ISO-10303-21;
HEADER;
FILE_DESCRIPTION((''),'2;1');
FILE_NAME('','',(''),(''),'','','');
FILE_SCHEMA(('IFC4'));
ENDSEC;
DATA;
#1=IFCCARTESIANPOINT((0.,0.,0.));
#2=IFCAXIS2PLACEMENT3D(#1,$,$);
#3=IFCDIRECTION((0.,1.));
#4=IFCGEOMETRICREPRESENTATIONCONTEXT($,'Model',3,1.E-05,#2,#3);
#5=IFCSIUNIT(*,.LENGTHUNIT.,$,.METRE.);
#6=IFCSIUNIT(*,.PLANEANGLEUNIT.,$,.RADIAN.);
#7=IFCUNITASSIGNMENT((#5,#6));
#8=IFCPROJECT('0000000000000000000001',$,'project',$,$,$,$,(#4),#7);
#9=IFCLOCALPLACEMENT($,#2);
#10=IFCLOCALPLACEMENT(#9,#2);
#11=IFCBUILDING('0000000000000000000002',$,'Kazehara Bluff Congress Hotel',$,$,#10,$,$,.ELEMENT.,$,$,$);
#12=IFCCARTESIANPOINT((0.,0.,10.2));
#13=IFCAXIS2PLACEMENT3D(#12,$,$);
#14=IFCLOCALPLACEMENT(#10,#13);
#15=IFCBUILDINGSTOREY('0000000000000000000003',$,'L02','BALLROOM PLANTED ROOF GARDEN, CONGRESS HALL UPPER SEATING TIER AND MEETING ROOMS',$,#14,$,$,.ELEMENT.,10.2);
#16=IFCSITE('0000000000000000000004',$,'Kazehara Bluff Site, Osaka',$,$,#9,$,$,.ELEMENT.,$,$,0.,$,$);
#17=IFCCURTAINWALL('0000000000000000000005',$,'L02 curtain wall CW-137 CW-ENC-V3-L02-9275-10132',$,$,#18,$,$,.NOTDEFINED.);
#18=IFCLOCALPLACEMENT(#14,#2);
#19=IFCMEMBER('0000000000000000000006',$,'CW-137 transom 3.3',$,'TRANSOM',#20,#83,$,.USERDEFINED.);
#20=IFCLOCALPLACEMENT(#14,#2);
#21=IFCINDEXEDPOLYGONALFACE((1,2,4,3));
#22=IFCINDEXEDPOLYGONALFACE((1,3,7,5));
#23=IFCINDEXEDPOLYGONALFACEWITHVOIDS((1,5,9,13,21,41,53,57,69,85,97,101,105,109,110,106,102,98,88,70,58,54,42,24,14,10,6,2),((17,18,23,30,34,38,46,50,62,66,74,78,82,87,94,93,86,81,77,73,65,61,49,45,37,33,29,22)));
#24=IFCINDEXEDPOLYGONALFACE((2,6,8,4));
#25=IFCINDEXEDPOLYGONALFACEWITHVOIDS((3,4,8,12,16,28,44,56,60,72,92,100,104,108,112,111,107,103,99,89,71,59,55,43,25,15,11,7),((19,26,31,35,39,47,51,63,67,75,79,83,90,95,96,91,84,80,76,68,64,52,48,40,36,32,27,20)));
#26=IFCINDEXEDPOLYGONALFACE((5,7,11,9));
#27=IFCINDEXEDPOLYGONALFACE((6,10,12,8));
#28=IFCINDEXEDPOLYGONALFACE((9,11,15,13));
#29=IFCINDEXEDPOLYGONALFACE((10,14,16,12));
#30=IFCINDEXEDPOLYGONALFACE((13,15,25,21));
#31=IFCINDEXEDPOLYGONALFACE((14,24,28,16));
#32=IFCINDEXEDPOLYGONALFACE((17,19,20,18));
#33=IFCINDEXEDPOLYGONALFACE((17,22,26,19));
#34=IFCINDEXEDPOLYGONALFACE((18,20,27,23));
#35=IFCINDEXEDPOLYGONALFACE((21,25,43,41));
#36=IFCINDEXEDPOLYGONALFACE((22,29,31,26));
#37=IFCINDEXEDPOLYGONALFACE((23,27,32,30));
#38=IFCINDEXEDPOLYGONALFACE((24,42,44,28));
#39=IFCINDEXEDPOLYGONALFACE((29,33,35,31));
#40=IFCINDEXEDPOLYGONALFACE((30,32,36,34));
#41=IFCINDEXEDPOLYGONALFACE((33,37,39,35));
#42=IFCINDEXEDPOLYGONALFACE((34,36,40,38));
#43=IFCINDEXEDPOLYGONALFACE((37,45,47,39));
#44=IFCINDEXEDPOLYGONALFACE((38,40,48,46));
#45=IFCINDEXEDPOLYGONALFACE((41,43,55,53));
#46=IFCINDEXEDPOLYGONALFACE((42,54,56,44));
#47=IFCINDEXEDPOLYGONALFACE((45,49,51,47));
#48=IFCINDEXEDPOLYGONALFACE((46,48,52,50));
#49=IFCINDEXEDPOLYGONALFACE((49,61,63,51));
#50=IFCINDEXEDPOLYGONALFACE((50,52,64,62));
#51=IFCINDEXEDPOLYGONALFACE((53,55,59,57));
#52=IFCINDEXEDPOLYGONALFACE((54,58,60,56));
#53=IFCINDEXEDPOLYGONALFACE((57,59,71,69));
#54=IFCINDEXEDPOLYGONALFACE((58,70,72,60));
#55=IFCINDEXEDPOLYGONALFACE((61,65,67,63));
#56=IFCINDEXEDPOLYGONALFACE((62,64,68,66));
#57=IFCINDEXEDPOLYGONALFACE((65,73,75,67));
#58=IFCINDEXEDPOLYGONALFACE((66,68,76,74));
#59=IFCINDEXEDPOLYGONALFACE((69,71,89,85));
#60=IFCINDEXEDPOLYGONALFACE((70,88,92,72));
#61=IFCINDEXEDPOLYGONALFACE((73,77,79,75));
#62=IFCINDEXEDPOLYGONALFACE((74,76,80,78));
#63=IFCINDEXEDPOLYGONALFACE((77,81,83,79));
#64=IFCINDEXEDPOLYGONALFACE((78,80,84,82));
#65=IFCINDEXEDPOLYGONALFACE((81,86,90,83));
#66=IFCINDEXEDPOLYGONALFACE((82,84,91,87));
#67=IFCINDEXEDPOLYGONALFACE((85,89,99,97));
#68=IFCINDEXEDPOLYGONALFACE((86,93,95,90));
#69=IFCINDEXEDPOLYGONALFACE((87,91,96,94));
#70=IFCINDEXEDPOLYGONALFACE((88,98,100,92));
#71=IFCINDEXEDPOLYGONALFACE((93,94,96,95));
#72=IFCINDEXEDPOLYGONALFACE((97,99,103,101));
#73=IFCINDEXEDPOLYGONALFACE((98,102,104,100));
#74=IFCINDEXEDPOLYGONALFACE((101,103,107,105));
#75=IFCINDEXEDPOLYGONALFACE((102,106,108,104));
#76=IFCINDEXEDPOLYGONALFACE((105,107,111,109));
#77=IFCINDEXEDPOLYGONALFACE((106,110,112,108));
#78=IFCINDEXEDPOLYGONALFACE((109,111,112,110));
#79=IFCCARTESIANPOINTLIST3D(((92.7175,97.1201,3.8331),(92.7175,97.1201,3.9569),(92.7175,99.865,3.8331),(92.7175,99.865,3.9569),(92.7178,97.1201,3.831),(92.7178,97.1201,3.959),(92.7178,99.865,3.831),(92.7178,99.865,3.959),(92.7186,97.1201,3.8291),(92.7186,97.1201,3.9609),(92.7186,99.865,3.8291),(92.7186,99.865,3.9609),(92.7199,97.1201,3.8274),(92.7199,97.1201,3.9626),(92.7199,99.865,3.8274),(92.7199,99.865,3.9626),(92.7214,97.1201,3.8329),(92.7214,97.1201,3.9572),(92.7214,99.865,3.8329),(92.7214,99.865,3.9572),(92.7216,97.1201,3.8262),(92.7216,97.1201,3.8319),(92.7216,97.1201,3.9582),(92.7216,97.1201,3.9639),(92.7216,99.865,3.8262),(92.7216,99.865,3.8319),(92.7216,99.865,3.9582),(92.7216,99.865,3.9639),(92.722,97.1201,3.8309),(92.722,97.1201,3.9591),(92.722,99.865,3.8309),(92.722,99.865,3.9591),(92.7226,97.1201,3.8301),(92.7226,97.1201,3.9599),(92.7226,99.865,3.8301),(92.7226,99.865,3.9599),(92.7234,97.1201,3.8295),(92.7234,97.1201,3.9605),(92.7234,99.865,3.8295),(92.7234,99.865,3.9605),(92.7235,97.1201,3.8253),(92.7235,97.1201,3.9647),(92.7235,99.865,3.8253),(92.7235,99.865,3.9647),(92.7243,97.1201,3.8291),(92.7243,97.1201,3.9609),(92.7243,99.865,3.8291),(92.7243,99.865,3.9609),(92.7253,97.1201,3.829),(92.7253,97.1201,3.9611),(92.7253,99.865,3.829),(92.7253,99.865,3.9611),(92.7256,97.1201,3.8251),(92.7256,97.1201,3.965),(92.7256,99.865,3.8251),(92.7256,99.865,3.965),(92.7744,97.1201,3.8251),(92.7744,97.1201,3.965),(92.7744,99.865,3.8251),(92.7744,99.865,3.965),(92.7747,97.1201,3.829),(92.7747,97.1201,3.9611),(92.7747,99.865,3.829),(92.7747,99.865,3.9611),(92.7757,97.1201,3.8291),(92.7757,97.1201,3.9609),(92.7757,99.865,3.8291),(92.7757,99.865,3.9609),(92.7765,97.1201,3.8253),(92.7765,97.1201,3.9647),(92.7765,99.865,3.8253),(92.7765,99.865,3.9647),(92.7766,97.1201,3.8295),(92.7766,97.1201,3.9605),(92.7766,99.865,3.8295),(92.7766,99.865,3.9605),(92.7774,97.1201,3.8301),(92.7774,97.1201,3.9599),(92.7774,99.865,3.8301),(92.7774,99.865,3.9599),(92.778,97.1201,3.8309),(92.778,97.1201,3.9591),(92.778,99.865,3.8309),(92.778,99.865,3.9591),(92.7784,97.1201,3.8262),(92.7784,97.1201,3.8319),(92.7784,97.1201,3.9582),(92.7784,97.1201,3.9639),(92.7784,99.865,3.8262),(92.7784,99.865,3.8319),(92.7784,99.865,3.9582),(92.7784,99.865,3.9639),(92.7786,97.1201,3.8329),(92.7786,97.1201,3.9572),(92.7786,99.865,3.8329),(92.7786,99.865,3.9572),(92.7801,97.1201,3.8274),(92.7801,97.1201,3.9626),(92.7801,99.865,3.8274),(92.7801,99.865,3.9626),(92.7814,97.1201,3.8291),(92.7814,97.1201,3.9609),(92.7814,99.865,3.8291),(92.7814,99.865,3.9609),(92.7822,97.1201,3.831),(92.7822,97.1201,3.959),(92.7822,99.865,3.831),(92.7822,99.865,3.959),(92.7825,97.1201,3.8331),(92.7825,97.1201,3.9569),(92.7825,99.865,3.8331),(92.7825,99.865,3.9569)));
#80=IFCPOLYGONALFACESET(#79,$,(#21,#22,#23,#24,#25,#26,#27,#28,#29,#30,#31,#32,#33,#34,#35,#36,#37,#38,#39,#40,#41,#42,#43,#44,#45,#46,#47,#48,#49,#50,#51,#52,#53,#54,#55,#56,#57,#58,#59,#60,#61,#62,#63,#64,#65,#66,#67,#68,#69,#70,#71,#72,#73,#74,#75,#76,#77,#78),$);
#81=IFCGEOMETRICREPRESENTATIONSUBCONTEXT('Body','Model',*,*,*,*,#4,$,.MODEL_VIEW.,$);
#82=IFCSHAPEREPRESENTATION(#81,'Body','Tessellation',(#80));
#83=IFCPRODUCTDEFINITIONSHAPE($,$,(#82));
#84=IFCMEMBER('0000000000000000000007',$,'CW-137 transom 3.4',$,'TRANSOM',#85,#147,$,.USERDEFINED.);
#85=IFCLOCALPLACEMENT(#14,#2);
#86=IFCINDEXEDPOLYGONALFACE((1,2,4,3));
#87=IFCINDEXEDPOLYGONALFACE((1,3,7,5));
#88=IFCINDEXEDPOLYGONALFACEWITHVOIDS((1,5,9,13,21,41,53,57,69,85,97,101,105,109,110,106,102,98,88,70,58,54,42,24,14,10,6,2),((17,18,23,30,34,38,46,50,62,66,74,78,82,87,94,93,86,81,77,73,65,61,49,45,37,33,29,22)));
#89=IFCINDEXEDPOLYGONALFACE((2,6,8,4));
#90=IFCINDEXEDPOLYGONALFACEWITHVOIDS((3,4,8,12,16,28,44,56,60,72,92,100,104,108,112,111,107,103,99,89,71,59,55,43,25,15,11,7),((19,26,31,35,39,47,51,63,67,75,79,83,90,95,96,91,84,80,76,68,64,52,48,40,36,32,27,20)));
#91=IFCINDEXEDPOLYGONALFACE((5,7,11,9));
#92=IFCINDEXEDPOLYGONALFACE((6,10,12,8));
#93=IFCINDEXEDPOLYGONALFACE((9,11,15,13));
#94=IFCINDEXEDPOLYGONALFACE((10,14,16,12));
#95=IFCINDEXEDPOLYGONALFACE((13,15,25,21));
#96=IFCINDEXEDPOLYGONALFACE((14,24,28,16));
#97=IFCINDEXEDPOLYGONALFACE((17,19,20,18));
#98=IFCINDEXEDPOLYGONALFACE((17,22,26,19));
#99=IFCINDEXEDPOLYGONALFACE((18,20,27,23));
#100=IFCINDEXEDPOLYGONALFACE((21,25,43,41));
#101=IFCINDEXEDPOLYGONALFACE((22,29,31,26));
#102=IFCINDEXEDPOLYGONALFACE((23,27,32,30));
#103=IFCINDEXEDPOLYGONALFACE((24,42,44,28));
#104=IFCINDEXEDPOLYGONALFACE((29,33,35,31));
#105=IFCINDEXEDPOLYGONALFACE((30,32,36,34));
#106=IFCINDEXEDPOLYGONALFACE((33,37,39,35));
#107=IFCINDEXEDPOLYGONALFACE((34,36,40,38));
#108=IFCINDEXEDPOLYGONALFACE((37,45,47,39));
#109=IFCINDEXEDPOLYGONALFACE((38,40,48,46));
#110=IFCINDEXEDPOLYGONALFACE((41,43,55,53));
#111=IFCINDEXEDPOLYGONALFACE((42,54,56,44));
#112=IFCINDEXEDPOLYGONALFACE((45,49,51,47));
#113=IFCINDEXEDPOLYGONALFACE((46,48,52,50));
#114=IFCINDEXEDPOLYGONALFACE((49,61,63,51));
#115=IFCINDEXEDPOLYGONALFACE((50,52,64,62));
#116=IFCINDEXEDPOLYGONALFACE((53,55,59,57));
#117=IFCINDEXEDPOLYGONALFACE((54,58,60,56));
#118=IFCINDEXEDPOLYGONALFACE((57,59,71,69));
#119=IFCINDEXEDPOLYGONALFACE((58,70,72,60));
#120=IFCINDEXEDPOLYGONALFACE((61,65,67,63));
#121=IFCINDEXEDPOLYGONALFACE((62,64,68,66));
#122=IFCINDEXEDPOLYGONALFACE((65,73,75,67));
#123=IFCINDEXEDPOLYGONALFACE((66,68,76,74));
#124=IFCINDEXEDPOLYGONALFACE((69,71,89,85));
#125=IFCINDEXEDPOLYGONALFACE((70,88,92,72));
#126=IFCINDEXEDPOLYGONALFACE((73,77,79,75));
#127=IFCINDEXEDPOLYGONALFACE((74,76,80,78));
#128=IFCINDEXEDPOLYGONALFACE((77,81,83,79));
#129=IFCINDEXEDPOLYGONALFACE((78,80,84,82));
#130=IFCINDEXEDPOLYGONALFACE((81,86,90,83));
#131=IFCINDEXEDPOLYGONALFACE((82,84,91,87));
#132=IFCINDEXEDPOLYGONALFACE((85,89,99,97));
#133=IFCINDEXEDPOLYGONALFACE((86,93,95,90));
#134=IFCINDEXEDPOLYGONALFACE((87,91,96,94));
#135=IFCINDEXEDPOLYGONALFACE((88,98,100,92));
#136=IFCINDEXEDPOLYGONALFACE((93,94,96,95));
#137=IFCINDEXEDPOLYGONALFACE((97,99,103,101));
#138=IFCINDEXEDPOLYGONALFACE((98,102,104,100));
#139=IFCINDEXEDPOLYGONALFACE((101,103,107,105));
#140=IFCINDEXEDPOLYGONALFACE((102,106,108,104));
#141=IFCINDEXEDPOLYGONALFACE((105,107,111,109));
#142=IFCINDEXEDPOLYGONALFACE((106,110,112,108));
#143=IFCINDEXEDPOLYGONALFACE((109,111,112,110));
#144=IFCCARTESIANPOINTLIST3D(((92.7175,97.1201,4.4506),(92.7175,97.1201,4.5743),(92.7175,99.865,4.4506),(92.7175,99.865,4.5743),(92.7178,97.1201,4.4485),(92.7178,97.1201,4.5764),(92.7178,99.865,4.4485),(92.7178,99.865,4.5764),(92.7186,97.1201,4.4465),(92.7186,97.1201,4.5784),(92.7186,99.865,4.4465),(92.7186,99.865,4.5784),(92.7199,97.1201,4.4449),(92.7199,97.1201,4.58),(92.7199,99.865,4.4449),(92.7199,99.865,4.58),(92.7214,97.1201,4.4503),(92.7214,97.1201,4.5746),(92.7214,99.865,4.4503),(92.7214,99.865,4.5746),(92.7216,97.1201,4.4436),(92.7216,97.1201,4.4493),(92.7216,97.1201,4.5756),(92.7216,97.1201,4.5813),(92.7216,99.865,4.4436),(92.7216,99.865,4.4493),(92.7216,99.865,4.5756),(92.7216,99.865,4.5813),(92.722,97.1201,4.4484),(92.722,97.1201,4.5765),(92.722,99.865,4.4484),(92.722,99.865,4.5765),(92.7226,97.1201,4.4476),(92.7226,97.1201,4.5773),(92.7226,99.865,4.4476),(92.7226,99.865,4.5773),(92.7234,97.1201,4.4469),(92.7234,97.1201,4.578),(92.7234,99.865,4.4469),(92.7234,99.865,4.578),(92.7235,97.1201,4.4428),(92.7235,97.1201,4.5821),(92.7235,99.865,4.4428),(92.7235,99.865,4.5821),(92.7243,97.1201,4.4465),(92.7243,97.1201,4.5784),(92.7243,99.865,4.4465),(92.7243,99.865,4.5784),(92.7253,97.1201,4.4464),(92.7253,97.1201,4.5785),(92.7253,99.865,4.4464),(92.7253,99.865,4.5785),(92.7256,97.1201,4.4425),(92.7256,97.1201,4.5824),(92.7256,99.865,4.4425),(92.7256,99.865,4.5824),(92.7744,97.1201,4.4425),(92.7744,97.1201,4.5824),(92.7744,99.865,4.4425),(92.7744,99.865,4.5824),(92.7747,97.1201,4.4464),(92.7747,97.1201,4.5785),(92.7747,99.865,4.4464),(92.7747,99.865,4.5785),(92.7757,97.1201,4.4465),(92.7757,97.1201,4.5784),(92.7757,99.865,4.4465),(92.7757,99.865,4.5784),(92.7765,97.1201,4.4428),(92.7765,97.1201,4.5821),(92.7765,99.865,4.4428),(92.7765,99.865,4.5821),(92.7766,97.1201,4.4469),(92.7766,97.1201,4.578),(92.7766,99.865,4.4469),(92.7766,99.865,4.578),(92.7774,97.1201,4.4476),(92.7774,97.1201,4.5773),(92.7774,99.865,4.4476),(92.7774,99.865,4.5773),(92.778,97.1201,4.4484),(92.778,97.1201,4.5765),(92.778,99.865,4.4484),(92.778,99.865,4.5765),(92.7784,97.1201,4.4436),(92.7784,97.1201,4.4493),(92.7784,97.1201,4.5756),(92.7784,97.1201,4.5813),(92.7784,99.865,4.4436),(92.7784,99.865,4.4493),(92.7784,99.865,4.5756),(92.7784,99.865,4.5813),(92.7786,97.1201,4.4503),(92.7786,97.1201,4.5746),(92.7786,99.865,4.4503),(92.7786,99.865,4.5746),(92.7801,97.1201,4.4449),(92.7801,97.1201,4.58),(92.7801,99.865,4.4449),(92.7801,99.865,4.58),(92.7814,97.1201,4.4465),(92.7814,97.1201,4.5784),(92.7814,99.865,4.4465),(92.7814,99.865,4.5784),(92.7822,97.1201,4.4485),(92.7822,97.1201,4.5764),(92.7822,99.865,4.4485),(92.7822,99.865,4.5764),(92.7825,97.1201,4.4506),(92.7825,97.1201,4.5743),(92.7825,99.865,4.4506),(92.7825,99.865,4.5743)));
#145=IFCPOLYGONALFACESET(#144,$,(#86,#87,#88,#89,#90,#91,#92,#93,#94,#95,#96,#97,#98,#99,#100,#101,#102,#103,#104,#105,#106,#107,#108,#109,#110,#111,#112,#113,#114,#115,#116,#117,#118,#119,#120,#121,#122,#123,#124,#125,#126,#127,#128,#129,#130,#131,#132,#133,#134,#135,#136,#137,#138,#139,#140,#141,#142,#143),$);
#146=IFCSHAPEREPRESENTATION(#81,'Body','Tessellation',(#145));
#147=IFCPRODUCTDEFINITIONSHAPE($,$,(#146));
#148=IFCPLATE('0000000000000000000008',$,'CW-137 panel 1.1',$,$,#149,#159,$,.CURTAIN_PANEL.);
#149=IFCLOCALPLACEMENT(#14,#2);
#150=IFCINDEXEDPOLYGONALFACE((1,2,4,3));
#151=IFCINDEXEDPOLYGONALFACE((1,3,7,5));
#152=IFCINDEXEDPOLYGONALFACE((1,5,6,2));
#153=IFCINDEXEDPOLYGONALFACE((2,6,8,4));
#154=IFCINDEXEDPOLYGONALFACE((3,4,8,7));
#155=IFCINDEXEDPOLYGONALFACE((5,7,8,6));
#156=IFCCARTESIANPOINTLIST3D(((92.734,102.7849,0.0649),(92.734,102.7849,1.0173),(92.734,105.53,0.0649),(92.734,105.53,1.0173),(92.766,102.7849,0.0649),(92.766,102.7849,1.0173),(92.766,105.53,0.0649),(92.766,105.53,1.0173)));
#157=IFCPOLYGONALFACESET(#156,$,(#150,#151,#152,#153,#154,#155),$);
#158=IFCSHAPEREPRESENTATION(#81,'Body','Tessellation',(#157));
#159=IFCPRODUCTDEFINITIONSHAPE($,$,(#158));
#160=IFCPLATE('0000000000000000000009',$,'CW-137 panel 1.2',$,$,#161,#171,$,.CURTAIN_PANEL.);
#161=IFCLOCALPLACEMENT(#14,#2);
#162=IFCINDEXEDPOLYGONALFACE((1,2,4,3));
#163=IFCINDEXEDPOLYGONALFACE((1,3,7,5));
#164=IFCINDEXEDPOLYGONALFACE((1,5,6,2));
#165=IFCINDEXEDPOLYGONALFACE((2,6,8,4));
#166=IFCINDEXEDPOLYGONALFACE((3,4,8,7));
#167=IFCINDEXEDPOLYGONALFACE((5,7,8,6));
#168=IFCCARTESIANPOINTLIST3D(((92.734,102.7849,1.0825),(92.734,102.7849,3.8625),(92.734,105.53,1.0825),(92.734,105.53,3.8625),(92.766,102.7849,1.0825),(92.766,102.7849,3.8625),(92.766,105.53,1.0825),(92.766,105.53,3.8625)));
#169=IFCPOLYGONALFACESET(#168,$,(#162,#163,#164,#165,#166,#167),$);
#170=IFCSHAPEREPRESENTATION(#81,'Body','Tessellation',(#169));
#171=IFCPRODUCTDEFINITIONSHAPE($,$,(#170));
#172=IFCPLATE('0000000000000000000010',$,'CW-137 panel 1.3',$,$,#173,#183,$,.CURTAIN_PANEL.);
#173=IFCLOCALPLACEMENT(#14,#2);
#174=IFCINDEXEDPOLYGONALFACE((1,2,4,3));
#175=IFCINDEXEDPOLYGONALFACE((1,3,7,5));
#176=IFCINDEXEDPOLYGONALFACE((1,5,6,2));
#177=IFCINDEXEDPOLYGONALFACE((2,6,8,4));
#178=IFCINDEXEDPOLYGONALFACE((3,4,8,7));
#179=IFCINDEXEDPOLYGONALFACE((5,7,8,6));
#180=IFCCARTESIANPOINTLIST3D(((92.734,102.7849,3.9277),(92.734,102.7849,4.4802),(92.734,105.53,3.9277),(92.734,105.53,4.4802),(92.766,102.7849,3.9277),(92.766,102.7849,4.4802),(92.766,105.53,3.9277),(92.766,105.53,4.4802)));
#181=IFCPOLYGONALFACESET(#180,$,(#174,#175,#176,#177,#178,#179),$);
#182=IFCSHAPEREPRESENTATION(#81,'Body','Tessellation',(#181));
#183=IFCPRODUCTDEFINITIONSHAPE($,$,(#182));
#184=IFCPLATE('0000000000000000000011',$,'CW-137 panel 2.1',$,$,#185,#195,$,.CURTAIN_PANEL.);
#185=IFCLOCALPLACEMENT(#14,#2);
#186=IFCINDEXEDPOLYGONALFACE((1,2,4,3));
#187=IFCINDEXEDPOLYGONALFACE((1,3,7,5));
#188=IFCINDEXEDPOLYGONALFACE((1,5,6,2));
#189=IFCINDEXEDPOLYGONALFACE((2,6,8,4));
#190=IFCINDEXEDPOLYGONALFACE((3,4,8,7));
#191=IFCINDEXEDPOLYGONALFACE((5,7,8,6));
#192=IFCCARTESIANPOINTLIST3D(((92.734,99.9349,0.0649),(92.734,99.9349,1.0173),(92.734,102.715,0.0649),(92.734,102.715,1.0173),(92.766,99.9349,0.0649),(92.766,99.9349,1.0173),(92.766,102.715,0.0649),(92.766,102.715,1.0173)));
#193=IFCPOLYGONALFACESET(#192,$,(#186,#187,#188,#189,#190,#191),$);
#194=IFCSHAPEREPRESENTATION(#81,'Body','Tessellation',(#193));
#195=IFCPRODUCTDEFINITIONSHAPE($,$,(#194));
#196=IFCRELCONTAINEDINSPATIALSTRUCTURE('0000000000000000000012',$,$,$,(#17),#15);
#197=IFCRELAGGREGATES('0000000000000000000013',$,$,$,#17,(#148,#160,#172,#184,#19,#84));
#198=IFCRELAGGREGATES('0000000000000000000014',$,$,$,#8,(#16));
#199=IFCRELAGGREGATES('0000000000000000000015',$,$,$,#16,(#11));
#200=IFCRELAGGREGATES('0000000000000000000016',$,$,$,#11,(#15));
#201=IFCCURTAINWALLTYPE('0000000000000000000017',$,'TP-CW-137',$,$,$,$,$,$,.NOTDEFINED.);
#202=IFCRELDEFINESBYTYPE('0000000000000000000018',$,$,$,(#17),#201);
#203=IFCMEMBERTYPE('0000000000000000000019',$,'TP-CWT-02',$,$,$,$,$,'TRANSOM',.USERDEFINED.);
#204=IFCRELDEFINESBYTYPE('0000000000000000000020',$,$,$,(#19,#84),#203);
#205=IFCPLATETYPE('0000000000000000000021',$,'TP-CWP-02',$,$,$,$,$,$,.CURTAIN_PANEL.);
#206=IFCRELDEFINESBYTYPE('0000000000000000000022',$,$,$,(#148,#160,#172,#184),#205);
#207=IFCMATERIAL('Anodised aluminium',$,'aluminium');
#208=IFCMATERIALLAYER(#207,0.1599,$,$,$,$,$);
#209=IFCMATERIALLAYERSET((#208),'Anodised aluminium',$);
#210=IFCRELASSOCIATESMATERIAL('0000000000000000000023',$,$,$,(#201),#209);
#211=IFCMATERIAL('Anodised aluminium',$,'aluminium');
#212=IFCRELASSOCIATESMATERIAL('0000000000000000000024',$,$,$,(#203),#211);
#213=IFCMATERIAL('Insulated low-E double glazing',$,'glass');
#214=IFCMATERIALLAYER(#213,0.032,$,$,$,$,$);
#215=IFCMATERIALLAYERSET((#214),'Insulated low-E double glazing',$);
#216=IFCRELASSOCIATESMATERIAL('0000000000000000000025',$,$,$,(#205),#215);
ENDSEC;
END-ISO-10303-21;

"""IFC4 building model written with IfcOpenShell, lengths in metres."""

from ifc_helpers import new_model, si_unit, direction, frame, origin, origin_2d, place, context, subcontext, project, spatial, rectangle, hollow_rectangle, extrude, material, layer, layer_set, material_profile, profile_set, type_object, element, aggregate, save


model = new_model("IFC4")

# Units and contexts
model_context = context("Model", 3, precision=1e-05, world=origin(), true_north=direction((0.0, 1.0)))
body_context = subcontext(model_context, "Body", "Model", "MODEL_VIEW")
ifc_project = project(units=[si_unit("LENGTHUNIT", "METRE"), si_unit("PLANEANGLEUNIT", "RADIAN")], contexts=[model_context])

# Site, building, storey
site_placement = place(None, origin())
site = spatial("IfcSite", under=ifc_project, at=site_placement, Name="Kazehara Bluff Site, Osaka", CompositionType="ELEMENT", RefElevation=0.0)
building_placement = place(site_placement, origin())
building = spatial("IfcBuilding", under=site, at=building_placement, Name="Kazehara Bluff Congress Hotel", CompositionType="ELEMENT")
storey_placement = place(building_placement, frame((0.0, 0.0, 10.2)))
storey = spatial("IfcBuildingStorey", under=building, at=storey_placement, Name="L02", Description="BALLROOM PLANTED ROOF GARDEN, CONGRESS HALL UPPER SEATING TIER AND MEETING ROOMS", CompositionType="ELEMENT", Elevation=10.2)

# Curtain wall
ifc_material_1 = material(Name="Anodised aluminium", Category="aluminium")
ifc_layer_1 = layer(ifc_material_1, 0.1599)
ifc_layer_set_1 = layer_set([ifc_layer_1], Name="Anodised aluminium")
curtain_wall_type_1 = type_object("IfcCurtainWallType", Name="TP-CW-137", PredefinedType="NOTDEFINED", material=ifc_layer_set_1)
curtain_wall_1_placement = place(storey_placement, origin())
curtain_wall_1 = element("IfcCurtainWall", 1, at=curtain_wall_1_placement, inside=storey, type_object=curtain_wall_type_1, Name="L02 curtain wall CW-137 CW-ENC-V3-L02-9275-10132", PredefinedType="NOTDEFINED")

# Members
ifc_material_2 = material(Name="Anodised aluminium", Category="aluminium")
ifc_material_profile_1 = material_profile(ifc_material_2, hollow_rectangle(XDim=0.0649, YDim=0.1399, WallThickness=0.0039, InnerFilletRadius=0.0039, OuterFilletRadius=0.0081, at=origin_2d()))
ifc_profile_set_1 = profile_set([ifc_material_profile_1], Name="Anodised aluminium")
member_type_1 = type_object("IfcMemberType", Name="TP-CWT-02", ElementType="TRANSOM", PredefinedType="USERDEFINED", material=ifc_profile_set_1)
member_1_placement = place(storey_placement, frame((92.75, 99.865, 3.895), z_axis=(0.0, -1.0, 0.0), x_axis=(1.0, 0.0, 0.0)))
member_1 = element("IfcMember", 2, at=member_1_placement, type_object=member_type_1, Name="CW-137 transom 3.3", ObjectType="TRANSOM", PredefinedType="USERDEFINED", context=body_context, shape_type="SweptSolid", body=[
    extrude(hollow_rectangle(XDim=0.0649, YDim=0.1399, WallThickness=0.0039, InnerFilletRadius=0.0039, OuterFilletRadius=0.0081, at=origin_2d()), origin(), (0.0, 0.0, 1.0), 2.7449),
])
member_2_placement = place(storey_placement, frame((92.75, 99.865, 4.5125), z_axis=(0.0, -1.0, 0.0), x_axis=(1.0, 0.0, 0.0)))
member_2 = element("IfcMember", 3, at=member_2_placement, type_object=member_type_1, Name="CW-137 transom 3.4", ObjectType="TRANSOM", PredefinedType="USERDEFINED", context=body_context, shape_type="SweptSolid", body=[
    extrude(hollow_rectangle(XDim=0.0649, YDim=0.1399, WallThickness=0.0039, InnerFilletRadius=0.0039, OuterFilletRadius=0.0081, at=origin_2d()), origin(), (0.0, 0.0, 1.0), 2.7449),
])

# Plates
ifc_material_3 = material(Name="Insulated low-E double glazing", Category="glass")
ifc_layer_2 = layer(ifc_material_3, 0.032)
ifc_layer_set_2 = layer_set([ifc_layer_2], Name="Insulated low-E double glazing")
plate_type = type_object("IfcPlateType", Name="TP-CWP-02", PredefinedType="CURTAIN_PANEL", material=ifc_layer_set_2)
plate_1_placement = place(storey_placement, frame((92.75, 104.1575, 0.0649), z_axis=(0.0, 0.0, 1.0), x_axis=(0.0, -1.0, 0.0)))
plate_1 = element("IfcPlate", 4, at=plate_1_placement, type_object=plate_type, Name="CW-137 panel 1.1", PredefinedType="CURTAIN_PANEL", context=body_context, shape_type="SweptSolid", body=[
    extrude(rectangle(XDim=2.7451, YDim=0.032, at=origin_2d()), origin(), (0.0, 0.0, 1.0), 0.9524),
])
plate_2_placement = place(storey_placement, frame((92.75, 104.1575, 1.0825), z_axis=(0.0, 0.0, 1.0), x_axis=(0.0, -1.0, 0.0)))
plate_2 = element("IfcPlate", 5, at=plate_2_placement, type_object=plate_type, Name="CW-137 panel 1.2", PredefinedType="CURTAIN_PANEL", context=body_context, shape_type="SweptSolid", body=[
    extrude(rectangle(XDim=2.7451, YDim=0.032, at=origin_2d()), origin(), (0.0, 0.0, 1.0), 2.78),
])
plate_3_placement = place(storey_placement, frame((92.75, 104.1575, 3.9277), z_axis=(0.0, 0.0, 1.0), x_axis=(0.0, -1.0, 0.0)))
plate_3 = element("IfcPlate", 6, at=plate_3_placement, type_object=plate_type, Name="CW-137 panel 1.3", PredefinedType="CURTAIN_PANEL", context=body_context, shape_type="SweptSolid", body=[
    extrude(rectangle(XDim=2.7451, YDim=0.032, at=origin_2d()), origin(), (0.0, 0.0, 1.0), 0.5525),
])
plate_4_placement = place(storey_placement, frame((92.75, 101.325, 0.0649), z_axis=(0.0, 0.0, 1.0), x_axis=(0.0, -1.0, 0.0)))
plate_4 = element("IfcPlate", 7, at=plate_4_placement, type_object=plate_type, Name="CW-137 panel 2.1", PredefinedType="CURTAIN_PANEL", context=body_context, shape_type="SweptSolid", body=[
    extrude(rectangle(XDim=2.78, YDim=0.032, at=origin_2d()), origin(), (0.0, 0.0, 1.0), 0.9524),
])
aggregate(curtain_wall_1, [plate_1, plate_2, plate_3, plate_4, member_1, member_2])

save(model, "model.ifc")
